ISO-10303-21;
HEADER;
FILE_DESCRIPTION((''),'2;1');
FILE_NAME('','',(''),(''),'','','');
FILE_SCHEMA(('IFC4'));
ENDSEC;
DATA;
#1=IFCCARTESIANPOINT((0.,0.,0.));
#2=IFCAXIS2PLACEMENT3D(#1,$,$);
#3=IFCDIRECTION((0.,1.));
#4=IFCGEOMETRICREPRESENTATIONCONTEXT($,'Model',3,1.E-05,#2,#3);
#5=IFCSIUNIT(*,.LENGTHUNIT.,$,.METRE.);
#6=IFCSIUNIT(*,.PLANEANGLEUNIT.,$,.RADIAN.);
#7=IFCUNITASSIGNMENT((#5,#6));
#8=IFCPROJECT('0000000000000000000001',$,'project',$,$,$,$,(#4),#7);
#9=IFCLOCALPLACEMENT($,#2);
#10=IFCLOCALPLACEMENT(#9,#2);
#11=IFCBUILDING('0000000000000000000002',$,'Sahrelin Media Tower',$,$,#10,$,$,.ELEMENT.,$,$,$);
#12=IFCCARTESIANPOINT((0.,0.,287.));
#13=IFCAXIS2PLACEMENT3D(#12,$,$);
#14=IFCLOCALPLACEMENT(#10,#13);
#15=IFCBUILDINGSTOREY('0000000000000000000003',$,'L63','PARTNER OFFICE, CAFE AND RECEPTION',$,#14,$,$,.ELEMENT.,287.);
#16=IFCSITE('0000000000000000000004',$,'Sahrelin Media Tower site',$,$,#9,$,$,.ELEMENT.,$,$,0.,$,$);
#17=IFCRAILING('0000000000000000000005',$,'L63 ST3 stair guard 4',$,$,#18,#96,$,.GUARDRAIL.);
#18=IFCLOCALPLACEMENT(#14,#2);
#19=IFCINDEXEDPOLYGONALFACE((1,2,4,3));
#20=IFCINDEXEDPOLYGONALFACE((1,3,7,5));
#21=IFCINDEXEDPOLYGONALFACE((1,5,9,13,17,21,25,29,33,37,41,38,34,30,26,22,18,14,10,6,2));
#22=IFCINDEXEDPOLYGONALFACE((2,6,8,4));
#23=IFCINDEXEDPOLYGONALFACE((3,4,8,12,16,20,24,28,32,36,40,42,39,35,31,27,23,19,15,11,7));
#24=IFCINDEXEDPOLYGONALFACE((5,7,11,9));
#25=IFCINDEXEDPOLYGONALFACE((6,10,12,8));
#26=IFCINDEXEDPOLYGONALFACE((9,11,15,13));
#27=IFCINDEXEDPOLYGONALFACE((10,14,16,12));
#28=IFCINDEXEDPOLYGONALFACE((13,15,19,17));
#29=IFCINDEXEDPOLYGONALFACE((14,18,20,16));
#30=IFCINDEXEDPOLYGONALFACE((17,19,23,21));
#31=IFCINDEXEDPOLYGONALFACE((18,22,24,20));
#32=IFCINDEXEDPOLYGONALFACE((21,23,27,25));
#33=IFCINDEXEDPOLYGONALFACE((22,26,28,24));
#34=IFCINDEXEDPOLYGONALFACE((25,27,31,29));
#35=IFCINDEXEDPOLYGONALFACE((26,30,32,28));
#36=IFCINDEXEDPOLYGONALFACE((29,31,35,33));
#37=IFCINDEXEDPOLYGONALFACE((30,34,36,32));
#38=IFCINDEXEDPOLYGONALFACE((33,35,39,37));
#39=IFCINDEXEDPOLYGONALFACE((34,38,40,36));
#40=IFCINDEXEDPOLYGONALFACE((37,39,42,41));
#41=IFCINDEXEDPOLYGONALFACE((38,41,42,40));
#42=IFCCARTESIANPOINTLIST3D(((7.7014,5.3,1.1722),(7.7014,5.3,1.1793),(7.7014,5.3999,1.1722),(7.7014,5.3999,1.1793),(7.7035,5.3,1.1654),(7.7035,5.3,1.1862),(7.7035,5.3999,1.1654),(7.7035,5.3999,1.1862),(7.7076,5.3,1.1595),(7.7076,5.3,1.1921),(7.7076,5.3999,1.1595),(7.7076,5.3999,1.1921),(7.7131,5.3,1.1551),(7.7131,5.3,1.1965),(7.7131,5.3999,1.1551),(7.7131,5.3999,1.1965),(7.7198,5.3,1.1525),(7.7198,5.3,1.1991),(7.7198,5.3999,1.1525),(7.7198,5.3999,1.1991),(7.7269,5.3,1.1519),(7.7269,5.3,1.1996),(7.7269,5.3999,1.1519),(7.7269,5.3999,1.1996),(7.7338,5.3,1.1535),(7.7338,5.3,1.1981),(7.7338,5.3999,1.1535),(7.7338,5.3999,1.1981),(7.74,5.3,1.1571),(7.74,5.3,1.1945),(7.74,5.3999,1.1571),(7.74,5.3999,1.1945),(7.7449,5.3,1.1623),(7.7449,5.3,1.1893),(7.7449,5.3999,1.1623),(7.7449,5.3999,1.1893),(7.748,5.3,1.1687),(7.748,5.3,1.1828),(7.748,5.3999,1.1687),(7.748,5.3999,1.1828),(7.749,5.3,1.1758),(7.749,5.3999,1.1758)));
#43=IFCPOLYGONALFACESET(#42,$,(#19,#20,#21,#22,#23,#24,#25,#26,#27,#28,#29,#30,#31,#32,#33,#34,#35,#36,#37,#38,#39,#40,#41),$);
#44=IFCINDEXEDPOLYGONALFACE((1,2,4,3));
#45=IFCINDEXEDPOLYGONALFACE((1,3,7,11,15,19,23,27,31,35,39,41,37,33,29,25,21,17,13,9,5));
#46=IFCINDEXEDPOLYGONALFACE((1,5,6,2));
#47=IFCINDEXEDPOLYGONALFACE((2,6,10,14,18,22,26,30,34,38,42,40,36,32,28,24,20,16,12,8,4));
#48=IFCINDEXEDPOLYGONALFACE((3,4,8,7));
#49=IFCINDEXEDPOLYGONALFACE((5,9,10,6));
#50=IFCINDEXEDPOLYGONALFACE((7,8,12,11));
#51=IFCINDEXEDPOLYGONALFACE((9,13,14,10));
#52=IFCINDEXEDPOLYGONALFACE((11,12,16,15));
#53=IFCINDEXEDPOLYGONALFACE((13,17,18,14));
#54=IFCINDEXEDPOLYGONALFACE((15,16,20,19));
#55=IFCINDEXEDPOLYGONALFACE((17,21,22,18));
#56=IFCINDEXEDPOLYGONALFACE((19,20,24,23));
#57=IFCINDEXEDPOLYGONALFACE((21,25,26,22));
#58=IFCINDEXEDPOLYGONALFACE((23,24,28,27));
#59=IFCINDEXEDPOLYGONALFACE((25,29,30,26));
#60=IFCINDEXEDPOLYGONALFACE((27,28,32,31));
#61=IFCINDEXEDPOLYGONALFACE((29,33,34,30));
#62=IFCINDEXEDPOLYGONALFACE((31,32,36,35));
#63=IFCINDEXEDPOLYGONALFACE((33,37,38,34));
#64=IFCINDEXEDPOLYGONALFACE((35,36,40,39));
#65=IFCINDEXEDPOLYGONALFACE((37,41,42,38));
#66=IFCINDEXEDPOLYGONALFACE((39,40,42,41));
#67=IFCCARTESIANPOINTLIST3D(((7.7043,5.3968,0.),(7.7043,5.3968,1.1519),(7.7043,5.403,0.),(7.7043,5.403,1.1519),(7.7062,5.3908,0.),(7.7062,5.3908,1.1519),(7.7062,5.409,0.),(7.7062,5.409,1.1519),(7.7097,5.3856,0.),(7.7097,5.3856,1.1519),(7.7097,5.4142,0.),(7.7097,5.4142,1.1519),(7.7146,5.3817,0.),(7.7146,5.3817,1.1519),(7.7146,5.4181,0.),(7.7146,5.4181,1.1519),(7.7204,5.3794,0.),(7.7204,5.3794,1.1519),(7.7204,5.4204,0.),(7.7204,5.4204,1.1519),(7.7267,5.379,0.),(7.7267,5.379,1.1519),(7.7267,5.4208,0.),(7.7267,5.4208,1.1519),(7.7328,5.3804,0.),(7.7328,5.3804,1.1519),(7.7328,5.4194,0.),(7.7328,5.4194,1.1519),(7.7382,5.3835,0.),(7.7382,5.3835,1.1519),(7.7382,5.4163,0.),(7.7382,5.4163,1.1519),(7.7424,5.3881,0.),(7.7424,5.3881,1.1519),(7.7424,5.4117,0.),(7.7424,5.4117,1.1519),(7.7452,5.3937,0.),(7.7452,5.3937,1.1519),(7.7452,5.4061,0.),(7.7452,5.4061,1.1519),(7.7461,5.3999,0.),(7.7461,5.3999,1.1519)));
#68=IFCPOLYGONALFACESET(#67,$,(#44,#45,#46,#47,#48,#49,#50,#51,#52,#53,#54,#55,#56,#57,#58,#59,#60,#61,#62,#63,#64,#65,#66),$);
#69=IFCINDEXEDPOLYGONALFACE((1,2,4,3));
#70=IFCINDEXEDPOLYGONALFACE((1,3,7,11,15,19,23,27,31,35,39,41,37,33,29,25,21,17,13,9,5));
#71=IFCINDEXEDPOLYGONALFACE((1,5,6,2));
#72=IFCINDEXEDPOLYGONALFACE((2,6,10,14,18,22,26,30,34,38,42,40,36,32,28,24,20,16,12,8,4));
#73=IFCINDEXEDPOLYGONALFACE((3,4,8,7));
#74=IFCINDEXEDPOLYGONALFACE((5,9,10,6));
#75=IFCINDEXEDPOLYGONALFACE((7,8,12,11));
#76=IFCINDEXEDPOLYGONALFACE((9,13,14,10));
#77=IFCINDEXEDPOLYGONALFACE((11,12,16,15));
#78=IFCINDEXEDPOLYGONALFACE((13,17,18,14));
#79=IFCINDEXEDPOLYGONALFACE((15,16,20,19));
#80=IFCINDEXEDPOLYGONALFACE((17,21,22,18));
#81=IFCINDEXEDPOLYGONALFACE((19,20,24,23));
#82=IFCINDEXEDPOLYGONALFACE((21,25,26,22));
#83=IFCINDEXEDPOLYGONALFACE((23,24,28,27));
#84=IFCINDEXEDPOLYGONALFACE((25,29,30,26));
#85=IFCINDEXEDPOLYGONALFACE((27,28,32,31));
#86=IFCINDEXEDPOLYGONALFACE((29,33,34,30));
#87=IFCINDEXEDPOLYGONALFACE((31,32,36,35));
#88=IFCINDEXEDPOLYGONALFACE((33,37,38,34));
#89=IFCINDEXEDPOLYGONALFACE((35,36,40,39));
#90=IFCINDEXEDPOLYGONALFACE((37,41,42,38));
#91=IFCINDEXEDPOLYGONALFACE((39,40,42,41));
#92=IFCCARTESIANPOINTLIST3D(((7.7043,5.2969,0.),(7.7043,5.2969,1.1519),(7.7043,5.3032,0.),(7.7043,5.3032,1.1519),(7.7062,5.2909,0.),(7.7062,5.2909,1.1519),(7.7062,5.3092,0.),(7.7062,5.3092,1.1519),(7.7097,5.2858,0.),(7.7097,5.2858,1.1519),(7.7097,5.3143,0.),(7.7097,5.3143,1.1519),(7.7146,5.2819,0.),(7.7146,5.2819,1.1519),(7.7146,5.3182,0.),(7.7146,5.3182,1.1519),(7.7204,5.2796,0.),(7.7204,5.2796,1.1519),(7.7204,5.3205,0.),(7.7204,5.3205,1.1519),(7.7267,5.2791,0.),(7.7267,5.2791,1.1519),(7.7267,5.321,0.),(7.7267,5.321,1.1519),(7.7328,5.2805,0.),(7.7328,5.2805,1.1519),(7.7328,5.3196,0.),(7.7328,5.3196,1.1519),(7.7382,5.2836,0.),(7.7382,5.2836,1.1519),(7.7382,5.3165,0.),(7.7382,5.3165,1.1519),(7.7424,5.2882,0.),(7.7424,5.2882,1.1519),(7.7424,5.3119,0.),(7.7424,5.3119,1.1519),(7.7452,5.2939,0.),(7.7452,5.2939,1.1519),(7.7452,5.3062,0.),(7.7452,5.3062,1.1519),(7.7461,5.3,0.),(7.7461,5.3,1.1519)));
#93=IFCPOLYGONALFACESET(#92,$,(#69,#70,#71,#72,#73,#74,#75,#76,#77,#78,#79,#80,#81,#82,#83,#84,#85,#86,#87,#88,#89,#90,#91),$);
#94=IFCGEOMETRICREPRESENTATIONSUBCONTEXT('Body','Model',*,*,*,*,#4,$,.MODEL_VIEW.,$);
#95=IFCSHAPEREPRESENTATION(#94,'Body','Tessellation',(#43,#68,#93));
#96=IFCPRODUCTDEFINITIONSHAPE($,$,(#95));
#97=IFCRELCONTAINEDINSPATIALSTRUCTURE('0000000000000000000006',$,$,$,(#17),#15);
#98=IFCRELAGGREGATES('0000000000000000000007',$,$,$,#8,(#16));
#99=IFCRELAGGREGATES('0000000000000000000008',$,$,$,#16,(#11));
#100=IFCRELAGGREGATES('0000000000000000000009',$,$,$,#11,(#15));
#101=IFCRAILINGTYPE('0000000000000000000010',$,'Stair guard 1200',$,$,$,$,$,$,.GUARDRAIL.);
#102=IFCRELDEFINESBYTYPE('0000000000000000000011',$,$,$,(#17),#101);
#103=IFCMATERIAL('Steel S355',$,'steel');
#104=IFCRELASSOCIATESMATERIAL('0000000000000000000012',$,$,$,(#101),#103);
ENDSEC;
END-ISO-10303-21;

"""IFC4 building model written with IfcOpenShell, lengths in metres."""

from ifc_helpers import new_model, si_unit, direction, frame, origin, origin_2d, place, context, subcontext, project, spatial, circle, extrude, material, type_object, element, save


model = new_model("IFC4")

# Units and contexts
model_context = context("Model", 3, precision=1e-05, world=origin(), true_north=direction((0.0, 1.0)))
body_context = subcontext(model_context, "Body", "Model", "MODEL_VIEW")
ifc_project = project(units=[si_unit("LENGTHUNIT", "METRE"), si_unit("PLANEANGLEUNIT", "RADIAN")], contexts=[model_context])

# Site, building, storey
site_placement = place(None, origin())
site = spatial("IfcSite", under=ifc_project, at=site_placement, Name="Sahrelin Media Tower site", CompositionType="ELEMENT", RefElevation=0.0)
building_placement = place(site_placement, origin())
building = spatial("IfcBuilding", under=site, at=building_placement, Name="Sahrelin Media Tower", CompositionType="ELEMENT")
storey_placement = place(building_placement, frame((0.0, 0.0, 287.0)))
storey = spatial("IfcBuildingStorey", under=building, at=storey_placement, Name="L63", Description="PARTNER OFFICE, CAFE AND RECEPTION", CompositionType="ELEMENT", Elevation=287.0)

# Shared definitions
ifc_material_1 = material(Name="Steel S355", Category="steel")

# Railing
railing_type_1 = type_object("IfcRailingType", Name="Stair guard 1200", PredefinedType="GUARDRAIL", material=ifc_material_1)
railing_1_placement = place(storey_placement, frame((7.7251, 5.3999, 0.0)))
element("IfcRailing", 1, at=railing_1_placement, inside=storey, type_object=railing_type_1, Name="L63 ST3 stair guard 4", PredefinedType="GUARDRAIL", context=body_context, shape_type="SweptSolid", body=[
    extrude(circle(Radius=0.0239, at=origin_2d()), frame((0.0, 0.0, 1.1758), z_axis=(0.0, -1.0, 0.0), x_axis=(1.0, 0.0, 0.0)), (0.0, 0.0, 1.0), 0.0999),
    extrude(circle(Radius=0.021, at=origin_2d()), origin(), (0.0, 0.0, 1.0), 1.1519),
    extrude(circle(Radius=0.021, at=origin_2d()), frame((0.0, -0.0999, 0.0)), (0.0, 0.0, 1.0), 1.1519),
])

save(model, "model.ifc")
